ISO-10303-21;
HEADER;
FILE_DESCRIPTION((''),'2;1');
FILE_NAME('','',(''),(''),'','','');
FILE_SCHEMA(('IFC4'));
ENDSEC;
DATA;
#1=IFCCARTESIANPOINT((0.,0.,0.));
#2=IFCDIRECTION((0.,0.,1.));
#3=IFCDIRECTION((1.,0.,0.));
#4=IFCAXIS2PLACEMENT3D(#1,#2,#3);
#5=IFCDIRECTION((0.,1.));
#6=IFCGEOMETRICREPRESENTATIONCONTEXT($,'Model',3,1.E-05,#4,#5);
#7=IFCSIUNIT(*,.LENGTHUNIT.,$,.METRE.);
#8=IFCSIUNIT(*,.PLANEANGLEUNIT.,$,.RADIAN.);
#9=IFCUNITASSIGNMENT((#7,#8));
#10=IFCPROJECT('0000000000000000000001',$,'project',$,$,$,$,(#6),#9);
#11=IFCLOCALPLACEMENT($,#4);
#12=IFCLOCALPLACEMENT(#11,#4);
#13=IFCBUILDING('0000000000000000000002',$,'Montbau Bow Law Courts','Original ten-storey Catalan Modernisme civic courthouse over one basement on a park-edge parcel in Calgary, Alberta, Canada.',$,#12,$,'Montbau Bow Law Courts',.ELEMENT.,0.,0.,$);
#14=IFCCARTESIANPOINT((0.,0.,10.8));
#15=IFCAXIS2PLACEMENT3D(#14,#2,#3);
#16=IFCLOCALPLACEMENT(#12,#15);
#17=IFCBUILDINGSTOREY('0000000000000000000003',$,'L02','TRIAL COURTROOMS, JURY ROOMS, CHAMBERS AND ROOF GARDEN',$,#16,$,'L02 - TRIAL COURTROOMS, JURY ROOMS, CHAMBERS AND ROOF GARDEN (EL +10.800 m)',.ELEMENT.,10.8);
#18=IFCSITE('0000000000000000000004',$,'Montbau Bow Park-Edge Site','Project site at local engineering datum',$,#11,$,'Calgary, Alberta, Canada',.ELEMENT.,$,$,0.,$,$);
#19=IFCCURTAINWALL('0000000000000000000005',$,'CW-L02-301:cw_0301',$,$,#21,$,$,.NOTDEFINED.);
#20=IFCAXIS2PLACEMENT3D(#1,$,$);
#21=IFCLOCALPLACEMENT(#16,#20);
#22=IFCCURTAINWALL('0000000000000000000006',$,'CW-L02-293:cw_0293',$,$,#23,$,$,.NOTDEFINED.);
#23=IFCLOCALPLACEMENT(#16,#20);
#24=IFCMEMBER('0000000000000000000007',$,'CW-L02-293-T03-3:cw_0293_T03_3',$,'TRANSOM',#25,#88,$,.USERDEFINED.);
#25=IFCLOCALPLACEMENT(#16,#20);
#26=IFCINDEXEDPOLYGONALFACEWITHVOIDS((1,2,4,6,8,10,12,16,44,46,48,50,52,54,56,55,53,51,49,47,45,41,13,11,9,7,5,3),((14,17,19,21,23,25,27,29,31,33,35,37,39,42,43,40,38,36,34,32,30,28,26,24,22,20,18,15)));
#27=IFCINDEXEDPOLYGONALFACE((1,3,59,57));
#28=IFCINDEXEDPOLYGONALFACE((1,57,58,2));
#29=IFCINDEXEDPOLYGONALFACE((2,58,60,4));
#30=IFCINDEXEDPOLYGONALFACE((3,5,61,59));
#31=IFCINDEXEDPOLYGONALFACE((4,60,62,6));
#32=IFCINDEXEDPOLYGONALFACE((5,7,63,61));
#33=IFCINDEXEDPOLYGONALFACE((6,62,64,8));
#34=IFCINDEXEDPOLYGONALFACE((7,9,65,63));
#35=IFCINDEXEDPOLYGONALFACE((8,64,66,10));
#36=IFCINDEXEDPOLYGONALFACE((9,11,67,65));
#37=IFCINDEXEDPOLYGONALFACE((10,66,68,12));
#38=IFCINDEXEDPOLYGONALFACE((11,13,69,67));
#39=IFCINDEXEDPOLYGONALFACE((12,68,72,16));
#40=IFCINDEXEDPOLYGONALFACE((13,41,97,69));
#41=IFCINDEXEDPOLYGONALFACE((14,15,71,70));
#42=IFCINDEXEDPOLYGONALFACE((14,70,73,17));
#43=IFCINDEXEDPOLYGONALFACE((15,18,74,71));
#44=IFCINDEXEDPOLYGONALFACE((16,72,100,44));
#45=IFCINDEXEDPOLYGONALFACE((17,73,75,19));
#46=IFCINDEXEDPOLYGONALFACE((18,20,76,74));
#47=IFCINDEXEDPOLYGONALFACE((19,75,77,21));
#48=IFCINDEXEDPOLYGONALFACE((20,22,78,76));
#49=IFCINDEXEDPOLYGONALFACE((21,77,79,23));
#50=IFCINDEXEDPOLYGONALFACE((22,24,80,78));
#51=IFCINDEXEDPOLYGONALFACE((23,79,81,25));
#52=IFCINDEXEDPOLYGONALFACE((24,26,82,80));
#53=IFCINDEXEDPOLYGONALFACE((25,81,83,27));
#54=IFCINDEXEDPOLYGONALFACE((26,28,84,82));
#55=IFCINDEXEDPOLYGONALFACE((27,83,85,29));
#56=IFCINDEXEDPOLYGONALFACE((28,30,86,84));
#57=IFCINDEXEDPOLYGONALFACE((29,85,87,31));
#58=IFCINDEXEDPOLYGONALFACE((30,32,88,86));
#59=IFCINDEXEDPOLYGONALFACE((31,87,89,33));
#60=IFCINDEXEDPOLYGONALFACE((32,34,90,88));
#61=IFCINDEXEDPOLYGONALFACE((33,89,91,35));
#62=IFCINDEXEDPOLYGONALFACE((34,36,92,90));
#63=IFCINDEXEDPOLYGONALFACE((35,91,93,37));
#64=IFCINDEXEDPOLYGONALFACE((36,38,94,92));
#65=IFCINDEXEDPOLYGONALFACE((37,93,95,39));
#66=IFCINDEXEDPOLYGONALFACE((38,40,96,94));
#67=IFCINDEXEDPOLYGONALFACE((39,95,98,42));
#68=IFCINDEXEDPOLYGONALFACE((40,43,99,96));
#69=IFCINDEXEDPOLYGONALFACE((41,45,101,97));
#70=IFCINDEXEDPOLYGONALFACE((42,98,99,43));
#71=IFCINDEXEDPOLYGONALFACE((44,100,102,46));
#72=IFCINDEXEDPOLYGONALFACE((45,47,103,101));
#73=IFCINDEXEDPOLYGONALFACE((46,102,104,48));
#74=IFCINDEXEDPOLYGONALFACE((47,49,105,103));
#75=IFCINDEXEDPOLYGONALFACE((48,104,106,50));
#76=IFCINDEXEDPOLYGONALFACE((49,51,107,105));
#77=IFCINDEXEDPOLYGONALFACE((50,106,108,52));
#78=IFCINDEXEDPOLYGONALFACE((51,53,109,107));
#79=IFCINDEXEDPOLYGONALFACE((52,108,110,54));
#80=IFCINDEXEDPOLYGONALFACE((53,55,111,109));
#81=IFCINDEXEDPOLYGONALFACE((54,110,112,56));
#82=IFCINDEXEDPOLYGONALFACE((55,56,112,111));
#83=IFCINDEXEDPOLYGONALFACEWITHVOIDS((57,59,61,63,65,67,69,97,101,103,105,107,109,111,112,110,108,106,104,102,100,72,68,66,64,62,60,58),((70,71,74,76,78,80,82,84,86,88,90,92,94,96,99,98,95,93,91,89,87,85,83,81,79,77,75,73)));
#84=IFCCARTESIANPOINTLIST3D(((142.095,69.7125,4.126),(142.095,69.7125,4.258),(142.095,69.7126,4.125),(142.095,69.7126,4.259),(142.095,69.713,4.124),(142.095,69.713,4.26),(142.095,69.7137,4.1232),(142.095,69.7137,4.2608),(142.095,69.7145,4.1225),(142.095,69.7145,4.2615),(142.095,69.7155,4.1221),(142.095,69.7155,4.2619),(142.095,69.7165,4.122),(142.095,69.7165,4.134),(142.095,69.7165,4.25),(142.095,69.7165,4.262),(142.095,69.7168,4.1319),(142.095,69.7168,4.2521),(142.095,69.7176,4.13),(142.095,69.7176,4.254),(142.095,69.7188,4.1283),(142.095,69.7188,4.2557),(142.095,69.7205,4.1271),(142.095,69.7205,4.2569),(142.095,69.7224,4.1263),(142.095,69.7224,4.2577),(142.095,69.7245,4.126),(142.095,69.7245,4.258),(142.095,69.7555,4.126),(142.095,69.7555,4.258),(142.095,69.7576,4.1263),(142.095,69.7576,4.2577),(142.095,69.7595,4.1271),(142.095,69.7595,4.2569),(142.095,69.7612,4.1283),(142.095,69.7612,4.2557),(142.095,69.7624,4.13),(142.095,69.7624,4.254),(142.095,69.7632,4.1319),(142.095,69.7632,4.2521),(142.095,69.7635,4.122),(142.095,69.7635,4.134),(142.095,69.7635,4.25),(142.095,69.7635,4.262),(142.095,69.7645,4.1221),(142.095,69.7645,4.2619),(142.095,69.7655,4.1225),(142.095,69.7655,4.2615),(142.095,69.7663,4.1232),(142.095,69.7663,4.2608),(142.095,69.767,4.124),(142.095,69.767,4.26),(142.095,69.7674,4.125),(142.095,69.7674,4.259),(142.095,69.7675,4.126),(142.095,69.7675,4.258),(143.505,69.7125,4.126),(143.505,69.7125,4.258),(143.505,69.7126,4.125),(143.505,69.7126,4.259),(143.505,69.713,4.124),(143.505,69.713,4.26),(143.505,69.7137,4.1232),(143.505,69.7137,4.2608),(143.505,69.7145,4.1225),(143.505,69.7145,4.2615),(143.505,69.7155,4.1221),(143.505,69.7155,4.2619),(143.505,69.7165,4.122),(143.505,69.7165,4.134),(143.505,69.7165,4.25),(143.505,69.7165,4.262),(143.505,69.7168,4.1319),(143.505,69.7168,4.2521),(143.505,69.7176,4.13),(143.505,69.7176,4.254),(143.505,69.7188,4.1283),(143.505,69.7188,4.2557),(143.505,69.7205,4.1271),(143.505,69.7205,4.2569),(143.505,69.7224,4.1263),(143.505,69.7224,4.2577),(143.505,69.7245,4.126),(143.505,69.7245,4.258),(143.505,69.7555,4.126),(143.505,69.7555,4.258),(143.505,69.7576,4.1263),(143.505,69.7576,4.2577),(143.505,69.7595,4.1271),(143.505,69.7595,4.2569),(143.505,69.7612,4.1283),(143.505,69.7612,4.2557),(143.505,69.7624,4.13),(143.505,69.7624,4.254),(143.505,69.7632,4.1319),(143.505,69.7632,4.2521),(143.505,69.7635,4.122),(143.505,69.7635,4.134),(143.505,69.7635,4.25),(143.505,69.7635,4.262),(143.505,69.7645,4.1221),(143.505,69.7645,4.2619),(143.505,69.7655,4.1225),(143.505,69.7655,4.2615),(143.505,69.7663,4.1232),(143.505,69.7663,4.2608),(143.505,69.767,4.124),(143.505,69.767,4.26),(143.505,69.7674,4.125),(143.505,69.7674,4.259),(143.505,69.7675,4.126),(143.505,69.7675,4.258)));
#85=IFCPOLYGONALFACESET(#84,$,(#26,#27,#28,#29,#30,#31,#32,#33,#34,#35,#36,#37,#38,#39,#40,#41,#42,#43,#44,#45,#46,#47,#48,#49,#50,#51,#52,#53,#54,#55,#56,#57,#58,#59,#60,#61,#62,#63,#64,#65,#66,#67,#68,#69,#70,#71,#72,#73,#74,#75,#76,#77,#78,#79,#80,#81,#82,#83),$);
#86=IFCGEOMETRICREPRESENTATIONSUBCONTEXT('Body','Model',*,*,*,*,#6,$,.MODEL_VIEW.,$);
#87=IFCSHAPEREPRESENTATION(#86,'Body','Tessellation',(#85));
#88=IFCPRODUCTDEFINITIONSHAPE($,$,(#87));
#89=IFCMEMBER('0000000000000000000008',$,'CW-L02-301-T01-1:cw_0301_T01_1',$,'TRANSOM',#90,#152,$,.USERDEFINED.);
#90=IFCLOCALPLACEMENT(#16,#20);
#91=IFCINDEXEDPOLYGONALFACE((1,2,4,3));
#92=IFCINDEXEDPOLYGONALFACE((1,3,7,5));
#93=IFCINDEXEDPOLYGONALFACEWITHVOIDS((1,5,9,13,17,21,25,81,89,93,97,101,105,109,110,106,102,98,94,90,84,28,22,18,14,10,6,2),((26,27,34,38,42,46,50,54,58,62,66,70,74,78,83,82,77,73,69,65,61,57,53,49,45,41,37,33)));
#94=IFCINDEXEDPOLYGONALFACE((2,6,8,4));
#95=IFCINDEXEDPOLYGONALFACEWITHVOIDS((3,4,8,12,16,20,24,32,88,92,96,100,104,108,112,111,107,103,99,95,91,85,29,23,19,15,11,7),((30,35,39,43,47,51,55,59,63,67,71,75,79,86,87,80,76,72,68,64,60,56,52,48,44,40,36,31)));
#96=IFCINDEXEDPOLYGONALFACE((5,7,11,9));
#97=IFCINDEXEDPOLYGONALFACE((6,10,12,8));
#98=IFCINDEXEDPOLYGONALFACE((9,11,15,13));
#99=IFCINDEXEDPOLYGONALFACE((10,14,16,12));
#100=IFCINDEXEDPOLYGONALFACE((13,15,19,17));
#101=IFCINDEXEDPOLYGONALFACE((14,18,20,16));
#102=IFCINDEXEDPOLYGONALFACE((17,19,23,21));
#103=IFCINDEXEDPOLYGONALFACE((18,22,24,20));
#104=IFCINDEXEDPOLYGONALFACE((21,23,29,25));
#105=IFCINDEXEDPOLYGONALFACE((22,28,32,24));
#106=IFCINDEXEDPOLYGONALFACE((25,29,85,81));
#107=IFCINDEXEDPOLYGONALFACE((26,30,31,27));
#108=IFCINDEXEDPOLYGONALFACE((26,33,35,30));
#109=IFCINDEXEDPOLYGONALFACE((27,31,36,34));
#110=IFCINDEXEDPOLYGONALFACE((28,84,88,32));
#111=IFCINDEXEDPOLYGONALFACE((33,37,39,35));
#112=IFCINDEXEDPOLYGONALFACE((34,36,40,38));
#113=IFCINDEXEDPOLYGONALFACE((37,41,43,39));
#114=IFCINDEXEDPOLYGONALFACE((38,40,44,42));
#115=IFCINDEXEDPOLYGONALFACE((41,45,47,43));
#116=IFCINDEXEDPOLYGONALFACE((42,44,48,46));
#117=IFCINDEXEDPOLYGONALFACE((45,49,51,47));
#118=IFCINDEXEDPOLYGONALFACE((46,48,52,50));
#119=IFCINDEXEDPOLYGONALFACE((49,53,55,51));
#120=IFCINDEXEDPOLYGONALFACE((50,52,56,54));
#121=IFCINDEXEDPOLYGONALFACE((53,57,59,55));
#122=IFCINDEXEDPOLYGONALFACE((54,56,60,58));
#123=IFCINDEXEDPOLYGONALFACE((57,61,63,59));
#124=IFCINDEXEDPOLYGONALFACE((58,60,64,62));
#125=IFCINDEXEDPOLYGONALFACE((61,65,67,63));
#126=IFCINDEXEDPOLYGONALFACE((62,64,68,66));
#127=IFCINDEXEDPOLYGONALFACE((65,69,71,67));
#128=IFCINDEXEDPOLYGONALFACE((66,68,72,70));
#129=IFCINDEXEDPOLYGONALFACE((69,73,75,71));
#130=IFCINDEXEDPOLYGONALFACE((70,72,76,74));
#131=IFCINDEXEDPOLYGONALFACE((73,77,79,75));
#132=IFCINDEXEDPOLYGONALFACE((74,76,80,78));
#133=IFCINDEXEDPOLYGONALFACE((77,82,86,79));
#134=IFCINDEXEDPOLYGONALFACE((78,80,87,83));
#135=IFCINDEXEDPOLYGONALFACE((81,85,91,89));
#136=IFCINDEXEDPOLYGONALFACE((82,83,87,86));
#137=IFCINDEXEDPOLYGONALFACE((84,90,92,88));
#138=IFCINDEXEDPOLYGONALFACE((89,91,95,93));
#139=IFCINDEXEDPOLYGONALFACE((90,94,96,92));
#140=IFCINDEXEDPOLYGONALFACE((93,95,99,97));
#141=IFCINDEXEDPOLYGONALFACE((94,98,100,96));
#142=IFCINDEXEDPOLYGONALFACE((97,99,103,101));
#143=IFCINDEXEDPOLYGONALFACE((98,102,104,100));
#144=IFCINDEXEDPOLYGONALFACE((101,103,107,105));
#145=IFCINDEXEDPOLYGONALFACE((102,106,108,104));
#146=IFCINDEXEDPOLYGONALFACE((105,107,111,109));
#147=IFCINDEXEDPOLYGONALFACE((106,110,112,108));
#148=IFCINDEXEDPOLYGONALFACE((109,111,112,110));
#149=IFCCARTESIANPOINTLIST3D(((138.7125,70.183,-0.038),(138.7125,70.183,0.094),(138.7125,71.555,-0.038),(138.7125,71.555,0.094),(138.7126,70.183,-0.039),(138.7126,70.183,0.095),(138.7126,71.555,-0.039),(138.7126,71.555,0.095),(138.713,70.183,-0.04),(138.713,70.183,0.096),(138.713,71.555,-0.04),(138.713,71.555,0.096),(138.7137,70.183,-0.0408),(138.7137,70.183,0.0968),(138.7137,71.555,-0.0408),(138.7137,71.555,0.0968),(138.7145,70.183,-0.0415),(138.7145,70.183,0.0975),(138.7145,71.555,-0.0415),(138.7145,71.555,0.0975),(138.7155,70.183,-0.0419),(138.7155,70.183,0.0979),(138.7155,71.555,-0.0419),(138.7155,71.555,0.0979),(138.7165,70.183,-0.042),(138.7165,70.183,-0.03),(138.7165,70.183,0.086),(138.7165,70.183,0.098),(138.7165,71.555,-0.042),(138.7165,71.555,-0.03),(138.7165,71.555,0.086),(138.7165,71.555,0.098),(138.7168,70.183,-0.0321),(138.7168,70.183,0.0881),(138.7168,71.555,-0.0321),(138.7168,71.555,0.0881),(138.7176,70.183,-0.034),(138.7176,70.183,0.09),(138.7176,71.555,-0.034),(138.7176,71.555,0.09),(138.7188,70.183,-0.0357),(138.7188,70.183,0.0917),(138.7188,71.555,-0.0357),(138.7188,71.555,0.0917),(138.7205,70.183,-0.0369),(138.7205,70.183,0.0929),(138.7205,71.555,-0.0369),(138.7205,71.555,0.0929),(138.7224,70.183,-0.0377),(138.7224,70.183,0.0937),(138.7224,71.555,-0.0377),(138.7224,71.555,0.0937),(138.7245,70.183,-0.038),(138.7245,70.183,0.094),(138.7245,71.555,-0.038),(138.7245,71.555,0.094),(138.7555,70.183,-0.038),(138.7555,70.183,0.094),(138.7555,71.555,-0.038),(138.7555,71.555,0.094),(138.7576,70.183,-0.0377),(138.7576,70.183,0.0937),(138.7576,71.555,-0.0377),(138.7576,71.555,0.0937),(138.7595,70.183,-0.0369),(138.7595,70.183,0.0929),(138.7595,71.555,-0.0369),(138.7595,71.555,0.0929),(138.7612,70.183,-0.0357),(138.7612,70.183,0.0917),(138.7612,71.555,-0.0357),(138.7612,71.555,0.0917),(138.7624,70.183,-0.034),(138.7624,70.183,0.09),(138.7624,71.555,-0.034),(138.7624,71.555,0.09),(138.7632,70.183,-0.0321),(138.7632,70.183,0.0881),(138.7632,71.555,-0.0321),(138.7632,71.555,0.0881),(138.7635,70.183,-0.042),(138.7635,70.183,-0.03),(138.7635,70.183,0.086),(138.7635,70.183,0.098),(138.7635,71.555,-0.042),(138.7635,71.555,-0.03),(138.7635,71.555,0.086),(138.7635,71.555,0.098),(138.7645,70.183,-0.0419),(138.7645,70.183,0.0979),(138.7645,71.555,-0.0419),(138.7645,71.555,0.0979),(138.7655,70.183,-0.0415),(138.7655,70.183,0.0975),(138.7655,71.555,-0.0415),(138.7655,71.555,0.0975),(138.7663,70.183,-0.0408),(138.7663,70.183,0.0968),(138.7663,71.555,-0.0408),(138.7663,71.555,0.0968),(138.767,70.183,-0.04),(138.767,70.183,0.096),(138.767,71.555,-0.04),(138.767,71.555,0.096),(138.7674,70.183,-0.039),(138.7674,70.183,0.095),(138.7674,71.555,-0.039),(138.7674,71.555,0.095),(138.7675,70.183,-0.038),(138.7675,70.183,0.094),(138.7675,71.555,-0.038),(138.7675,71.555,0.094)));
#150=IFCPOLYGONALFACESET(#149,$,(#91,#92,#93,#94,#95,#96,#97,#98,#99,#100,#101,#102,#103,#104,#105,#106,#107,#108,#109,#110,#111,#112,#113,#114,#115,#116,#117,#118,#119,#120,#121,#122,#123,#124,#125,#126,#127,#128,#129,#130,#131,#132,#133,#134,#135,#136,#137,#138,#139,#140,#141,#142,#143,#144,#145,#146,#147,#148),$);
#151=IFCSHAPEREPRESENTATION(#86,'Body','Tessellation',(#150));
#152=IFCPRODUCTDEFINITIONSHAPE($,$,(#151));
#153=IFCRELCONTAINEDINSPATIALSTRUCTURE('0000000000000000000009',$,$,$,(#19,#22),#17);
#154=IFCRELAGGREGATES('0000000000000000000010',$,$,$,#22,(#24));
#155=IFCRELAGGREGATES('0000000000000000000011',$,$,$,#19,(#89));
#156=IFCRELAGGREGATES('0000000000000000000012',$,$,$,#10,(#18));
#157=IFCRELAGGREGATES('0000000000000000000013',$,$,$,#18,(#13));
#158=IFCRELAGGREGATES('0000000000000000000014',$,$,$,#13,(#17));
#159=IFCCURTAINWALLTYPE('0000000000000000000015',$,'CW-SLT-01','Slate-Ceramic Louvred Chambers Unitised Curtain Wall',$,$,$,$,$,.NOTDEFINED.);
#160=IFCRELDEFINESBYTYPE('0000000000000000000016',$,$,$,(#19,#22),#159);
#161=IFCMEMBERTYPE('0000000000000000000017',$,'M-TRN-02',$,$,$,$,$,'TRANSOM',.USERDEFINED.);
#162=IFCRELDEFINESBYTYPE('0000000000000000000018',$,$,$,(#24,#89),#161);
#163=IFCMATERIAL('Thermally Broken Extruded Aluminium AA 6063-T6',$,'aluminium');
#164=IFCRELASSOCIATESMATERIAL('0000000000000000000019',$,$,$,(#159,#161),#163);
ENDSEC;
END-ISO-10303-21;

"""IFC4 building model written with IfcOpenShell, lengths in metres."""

from ifc_helpers import new_model, si_unit, direction, frame, origin_with_axes, origin_2d_with_axis, place, context, subcontext, project, spatial, hollow_rectangle, extrude, material, material_profile, profile_set, type_object, element, aggregate, save


model = new_model("IFC4")

# Units and contexts
model_context = context("Model", 3, precision=1e-05, world=origin_with_axes(), true_north=direction((0.0, 1.0)))
body_context = subcontext(model_context, "Body", "Model", "MODEL_VIEW")
ifc_project = project(units=[si_unit("LENGTHUNIT", "METRE"), si_unit("PLANEANGLEUNIT", "RADIAN")], contexts=[model_context])

# Site, building, storey
site_placement = place(None, origin_with_axes())
site = spatial("IfcSite", under=ifc_project, at=site_placement, Name="Montbau Bow Park-Edge Site", Description="Project site at local engineering datum", LongName="Calgary, Alberta, Canada", CompositionType="ELEMENT", RefElevation=0.0)
building_placement = place(site_placement, origin_with_axes())
building = spatial("IfcBuilding", under=site, at=building_placement, Name="Montbau Bow Law Courts", Description="Original ten-storey Catalan Modernisme civic courthouse over one basement on a park-edge parcel in Calgary, Alberta, Canada.", LongName="Montbau Bow Law Courts", CompositionType="ELEMENT", ElevationOfRefHeight=0.0, ElevationOfTerrain=0.0)
storey_placement = place(building_placement, frame((0.0, 0.0, 10.8), z_axis=(0.0, 0.0, 1.0), x_axis=(1.0, 0.0, 0.0)))
storey = spatial("IfcBuildingStorey", under=building, at=storey_placement, Name="L02", Description="TRIAL COURTROOMS, JURY ROOMS, CHAMBERS AND ROOF GARDEN", LongName="L02 - TRIAL COURTROOMS, JURY ROOMS, CHAMBERS AND ROOF GARDEN (EL +10.800 m)", CompositionType="ELEMENT", Elevation=10.8)

# Curtain wall
ifc_material_1 = material(Name="Thermally Broken Extruded Aluminium AA 6063-T6", Category="aluminium")
curtain_wall_type = type_object("IfcCurtainWallType", Name="CW-SLT-01", Description="Slate-Ceramic Louvred Chambers Unitised Curtain Wall", PredefinedType="NOTDEFINED", material=ifc_material_1)
curtain_wall_1_placement = place(None, frame((138.74, 70.115, 10.8), z_axis=(0.0, 0.0, 1.0), x_axis=(1.0, 0.0, 0.0)))
curtain_wall_1 = element("IfcCurtainWall", 1, at=curtain_wall_1_placement, inside=storey, type_object=curtain_wall_type, Name="CW-L02-301:cw_0301", PredefinedType="NOTDEFINED")

# Curtain wall, member
curtain_wall_2_placement = place(None, frame((139.115, 69.74, 10.8), z_axis=(0.0, 0.0, 1.0), x_axis=(1.0, 0.0, 0.0)))
curtain_wall_2 = element("IfcCurtainWall", 2, at=curtain_wall_2_placement, inside=storey, type_object=curtain_wall_type, Name="CW-L02-293:cw_0293", PredefinedType="NOTDEFINED")
ifc_material_profile_1 = material_profile(ifc_material_1, hollow_rectangle(XDim=0.055, YDim=0.14, WallThickness=0.004, InnerFilletRadius=0.008, OuterFilletRadius=0.004, at=origin_2d_with_axis()), Name="CWT-140X55", Category="Main", Priority=0)
ifc_profile_set_1 = profile_set([ifc_material_profile_1], Name="Thermally Broken Extruded Aluminium AA 6063-T6")
member_type_1 = type_object("IfcMemberType", Name="M-TRN-02", ElementType="TRANSOM", PredefinedType="USERDEFINED", material=ifc_profile_set_1)
member_1_placement = place(None, frame((142.095, 69.74, 14.992), z_axis=(1.0, 0.0, 0.0), x_axis=(0.0, 1.0, 0.0)))
member_1 = element("IfcMember", 3, at=member_1_placement, type_object=member_type_1, Name="CW-L02-293-T03-3:cw_0293_T03_3", ObjectType="TRANSOM", PredefinedType="USERDEFINED", context=body_context, shape_type="SweptSolid", body=[
    extrude(hollow_rectangle(XDim=0.055, YDim=0.14, WallThickness=0.004, InnerFilletRadius=0.008, OuterFilletRadius=0.004, at=origin_2d_with_axis()), origin_with_axes(), (0.0, 0.0, 1.0), 1.41),
])

# Member
member_2_placement = place(None, frame((138.74, 70.183, 10.828), z_axis=(0.0, 1.0, 0.0), x_axis=(-1.0, 0.0, 0.0)))
member_2 = element("IfcMember", 4, at=member_2_placement, type_object=member_type_1, Name="CW-L02-301-T01-1:cw_0301_T01_1", ObjectType="TRANSOM", PredefinedType="USERDEFINED", context=body_context, shape_type="SweptSolid", body=[
    extrude(hollow_rectangle(XDim=0.055, YDim=0.14, WallThickness=0.004, InnerFilletRadius=0.008, OuterFilletRadius=0.004, at=origin_2d_with_axis()), origin_with_axes(), (0.0, 0.0, 1.0), 1.372),
])

aggregate(curtain_wall_2, [member_1])
aggregate(curtain_wall_1, [member_2])

save(model, "model.ifc")
